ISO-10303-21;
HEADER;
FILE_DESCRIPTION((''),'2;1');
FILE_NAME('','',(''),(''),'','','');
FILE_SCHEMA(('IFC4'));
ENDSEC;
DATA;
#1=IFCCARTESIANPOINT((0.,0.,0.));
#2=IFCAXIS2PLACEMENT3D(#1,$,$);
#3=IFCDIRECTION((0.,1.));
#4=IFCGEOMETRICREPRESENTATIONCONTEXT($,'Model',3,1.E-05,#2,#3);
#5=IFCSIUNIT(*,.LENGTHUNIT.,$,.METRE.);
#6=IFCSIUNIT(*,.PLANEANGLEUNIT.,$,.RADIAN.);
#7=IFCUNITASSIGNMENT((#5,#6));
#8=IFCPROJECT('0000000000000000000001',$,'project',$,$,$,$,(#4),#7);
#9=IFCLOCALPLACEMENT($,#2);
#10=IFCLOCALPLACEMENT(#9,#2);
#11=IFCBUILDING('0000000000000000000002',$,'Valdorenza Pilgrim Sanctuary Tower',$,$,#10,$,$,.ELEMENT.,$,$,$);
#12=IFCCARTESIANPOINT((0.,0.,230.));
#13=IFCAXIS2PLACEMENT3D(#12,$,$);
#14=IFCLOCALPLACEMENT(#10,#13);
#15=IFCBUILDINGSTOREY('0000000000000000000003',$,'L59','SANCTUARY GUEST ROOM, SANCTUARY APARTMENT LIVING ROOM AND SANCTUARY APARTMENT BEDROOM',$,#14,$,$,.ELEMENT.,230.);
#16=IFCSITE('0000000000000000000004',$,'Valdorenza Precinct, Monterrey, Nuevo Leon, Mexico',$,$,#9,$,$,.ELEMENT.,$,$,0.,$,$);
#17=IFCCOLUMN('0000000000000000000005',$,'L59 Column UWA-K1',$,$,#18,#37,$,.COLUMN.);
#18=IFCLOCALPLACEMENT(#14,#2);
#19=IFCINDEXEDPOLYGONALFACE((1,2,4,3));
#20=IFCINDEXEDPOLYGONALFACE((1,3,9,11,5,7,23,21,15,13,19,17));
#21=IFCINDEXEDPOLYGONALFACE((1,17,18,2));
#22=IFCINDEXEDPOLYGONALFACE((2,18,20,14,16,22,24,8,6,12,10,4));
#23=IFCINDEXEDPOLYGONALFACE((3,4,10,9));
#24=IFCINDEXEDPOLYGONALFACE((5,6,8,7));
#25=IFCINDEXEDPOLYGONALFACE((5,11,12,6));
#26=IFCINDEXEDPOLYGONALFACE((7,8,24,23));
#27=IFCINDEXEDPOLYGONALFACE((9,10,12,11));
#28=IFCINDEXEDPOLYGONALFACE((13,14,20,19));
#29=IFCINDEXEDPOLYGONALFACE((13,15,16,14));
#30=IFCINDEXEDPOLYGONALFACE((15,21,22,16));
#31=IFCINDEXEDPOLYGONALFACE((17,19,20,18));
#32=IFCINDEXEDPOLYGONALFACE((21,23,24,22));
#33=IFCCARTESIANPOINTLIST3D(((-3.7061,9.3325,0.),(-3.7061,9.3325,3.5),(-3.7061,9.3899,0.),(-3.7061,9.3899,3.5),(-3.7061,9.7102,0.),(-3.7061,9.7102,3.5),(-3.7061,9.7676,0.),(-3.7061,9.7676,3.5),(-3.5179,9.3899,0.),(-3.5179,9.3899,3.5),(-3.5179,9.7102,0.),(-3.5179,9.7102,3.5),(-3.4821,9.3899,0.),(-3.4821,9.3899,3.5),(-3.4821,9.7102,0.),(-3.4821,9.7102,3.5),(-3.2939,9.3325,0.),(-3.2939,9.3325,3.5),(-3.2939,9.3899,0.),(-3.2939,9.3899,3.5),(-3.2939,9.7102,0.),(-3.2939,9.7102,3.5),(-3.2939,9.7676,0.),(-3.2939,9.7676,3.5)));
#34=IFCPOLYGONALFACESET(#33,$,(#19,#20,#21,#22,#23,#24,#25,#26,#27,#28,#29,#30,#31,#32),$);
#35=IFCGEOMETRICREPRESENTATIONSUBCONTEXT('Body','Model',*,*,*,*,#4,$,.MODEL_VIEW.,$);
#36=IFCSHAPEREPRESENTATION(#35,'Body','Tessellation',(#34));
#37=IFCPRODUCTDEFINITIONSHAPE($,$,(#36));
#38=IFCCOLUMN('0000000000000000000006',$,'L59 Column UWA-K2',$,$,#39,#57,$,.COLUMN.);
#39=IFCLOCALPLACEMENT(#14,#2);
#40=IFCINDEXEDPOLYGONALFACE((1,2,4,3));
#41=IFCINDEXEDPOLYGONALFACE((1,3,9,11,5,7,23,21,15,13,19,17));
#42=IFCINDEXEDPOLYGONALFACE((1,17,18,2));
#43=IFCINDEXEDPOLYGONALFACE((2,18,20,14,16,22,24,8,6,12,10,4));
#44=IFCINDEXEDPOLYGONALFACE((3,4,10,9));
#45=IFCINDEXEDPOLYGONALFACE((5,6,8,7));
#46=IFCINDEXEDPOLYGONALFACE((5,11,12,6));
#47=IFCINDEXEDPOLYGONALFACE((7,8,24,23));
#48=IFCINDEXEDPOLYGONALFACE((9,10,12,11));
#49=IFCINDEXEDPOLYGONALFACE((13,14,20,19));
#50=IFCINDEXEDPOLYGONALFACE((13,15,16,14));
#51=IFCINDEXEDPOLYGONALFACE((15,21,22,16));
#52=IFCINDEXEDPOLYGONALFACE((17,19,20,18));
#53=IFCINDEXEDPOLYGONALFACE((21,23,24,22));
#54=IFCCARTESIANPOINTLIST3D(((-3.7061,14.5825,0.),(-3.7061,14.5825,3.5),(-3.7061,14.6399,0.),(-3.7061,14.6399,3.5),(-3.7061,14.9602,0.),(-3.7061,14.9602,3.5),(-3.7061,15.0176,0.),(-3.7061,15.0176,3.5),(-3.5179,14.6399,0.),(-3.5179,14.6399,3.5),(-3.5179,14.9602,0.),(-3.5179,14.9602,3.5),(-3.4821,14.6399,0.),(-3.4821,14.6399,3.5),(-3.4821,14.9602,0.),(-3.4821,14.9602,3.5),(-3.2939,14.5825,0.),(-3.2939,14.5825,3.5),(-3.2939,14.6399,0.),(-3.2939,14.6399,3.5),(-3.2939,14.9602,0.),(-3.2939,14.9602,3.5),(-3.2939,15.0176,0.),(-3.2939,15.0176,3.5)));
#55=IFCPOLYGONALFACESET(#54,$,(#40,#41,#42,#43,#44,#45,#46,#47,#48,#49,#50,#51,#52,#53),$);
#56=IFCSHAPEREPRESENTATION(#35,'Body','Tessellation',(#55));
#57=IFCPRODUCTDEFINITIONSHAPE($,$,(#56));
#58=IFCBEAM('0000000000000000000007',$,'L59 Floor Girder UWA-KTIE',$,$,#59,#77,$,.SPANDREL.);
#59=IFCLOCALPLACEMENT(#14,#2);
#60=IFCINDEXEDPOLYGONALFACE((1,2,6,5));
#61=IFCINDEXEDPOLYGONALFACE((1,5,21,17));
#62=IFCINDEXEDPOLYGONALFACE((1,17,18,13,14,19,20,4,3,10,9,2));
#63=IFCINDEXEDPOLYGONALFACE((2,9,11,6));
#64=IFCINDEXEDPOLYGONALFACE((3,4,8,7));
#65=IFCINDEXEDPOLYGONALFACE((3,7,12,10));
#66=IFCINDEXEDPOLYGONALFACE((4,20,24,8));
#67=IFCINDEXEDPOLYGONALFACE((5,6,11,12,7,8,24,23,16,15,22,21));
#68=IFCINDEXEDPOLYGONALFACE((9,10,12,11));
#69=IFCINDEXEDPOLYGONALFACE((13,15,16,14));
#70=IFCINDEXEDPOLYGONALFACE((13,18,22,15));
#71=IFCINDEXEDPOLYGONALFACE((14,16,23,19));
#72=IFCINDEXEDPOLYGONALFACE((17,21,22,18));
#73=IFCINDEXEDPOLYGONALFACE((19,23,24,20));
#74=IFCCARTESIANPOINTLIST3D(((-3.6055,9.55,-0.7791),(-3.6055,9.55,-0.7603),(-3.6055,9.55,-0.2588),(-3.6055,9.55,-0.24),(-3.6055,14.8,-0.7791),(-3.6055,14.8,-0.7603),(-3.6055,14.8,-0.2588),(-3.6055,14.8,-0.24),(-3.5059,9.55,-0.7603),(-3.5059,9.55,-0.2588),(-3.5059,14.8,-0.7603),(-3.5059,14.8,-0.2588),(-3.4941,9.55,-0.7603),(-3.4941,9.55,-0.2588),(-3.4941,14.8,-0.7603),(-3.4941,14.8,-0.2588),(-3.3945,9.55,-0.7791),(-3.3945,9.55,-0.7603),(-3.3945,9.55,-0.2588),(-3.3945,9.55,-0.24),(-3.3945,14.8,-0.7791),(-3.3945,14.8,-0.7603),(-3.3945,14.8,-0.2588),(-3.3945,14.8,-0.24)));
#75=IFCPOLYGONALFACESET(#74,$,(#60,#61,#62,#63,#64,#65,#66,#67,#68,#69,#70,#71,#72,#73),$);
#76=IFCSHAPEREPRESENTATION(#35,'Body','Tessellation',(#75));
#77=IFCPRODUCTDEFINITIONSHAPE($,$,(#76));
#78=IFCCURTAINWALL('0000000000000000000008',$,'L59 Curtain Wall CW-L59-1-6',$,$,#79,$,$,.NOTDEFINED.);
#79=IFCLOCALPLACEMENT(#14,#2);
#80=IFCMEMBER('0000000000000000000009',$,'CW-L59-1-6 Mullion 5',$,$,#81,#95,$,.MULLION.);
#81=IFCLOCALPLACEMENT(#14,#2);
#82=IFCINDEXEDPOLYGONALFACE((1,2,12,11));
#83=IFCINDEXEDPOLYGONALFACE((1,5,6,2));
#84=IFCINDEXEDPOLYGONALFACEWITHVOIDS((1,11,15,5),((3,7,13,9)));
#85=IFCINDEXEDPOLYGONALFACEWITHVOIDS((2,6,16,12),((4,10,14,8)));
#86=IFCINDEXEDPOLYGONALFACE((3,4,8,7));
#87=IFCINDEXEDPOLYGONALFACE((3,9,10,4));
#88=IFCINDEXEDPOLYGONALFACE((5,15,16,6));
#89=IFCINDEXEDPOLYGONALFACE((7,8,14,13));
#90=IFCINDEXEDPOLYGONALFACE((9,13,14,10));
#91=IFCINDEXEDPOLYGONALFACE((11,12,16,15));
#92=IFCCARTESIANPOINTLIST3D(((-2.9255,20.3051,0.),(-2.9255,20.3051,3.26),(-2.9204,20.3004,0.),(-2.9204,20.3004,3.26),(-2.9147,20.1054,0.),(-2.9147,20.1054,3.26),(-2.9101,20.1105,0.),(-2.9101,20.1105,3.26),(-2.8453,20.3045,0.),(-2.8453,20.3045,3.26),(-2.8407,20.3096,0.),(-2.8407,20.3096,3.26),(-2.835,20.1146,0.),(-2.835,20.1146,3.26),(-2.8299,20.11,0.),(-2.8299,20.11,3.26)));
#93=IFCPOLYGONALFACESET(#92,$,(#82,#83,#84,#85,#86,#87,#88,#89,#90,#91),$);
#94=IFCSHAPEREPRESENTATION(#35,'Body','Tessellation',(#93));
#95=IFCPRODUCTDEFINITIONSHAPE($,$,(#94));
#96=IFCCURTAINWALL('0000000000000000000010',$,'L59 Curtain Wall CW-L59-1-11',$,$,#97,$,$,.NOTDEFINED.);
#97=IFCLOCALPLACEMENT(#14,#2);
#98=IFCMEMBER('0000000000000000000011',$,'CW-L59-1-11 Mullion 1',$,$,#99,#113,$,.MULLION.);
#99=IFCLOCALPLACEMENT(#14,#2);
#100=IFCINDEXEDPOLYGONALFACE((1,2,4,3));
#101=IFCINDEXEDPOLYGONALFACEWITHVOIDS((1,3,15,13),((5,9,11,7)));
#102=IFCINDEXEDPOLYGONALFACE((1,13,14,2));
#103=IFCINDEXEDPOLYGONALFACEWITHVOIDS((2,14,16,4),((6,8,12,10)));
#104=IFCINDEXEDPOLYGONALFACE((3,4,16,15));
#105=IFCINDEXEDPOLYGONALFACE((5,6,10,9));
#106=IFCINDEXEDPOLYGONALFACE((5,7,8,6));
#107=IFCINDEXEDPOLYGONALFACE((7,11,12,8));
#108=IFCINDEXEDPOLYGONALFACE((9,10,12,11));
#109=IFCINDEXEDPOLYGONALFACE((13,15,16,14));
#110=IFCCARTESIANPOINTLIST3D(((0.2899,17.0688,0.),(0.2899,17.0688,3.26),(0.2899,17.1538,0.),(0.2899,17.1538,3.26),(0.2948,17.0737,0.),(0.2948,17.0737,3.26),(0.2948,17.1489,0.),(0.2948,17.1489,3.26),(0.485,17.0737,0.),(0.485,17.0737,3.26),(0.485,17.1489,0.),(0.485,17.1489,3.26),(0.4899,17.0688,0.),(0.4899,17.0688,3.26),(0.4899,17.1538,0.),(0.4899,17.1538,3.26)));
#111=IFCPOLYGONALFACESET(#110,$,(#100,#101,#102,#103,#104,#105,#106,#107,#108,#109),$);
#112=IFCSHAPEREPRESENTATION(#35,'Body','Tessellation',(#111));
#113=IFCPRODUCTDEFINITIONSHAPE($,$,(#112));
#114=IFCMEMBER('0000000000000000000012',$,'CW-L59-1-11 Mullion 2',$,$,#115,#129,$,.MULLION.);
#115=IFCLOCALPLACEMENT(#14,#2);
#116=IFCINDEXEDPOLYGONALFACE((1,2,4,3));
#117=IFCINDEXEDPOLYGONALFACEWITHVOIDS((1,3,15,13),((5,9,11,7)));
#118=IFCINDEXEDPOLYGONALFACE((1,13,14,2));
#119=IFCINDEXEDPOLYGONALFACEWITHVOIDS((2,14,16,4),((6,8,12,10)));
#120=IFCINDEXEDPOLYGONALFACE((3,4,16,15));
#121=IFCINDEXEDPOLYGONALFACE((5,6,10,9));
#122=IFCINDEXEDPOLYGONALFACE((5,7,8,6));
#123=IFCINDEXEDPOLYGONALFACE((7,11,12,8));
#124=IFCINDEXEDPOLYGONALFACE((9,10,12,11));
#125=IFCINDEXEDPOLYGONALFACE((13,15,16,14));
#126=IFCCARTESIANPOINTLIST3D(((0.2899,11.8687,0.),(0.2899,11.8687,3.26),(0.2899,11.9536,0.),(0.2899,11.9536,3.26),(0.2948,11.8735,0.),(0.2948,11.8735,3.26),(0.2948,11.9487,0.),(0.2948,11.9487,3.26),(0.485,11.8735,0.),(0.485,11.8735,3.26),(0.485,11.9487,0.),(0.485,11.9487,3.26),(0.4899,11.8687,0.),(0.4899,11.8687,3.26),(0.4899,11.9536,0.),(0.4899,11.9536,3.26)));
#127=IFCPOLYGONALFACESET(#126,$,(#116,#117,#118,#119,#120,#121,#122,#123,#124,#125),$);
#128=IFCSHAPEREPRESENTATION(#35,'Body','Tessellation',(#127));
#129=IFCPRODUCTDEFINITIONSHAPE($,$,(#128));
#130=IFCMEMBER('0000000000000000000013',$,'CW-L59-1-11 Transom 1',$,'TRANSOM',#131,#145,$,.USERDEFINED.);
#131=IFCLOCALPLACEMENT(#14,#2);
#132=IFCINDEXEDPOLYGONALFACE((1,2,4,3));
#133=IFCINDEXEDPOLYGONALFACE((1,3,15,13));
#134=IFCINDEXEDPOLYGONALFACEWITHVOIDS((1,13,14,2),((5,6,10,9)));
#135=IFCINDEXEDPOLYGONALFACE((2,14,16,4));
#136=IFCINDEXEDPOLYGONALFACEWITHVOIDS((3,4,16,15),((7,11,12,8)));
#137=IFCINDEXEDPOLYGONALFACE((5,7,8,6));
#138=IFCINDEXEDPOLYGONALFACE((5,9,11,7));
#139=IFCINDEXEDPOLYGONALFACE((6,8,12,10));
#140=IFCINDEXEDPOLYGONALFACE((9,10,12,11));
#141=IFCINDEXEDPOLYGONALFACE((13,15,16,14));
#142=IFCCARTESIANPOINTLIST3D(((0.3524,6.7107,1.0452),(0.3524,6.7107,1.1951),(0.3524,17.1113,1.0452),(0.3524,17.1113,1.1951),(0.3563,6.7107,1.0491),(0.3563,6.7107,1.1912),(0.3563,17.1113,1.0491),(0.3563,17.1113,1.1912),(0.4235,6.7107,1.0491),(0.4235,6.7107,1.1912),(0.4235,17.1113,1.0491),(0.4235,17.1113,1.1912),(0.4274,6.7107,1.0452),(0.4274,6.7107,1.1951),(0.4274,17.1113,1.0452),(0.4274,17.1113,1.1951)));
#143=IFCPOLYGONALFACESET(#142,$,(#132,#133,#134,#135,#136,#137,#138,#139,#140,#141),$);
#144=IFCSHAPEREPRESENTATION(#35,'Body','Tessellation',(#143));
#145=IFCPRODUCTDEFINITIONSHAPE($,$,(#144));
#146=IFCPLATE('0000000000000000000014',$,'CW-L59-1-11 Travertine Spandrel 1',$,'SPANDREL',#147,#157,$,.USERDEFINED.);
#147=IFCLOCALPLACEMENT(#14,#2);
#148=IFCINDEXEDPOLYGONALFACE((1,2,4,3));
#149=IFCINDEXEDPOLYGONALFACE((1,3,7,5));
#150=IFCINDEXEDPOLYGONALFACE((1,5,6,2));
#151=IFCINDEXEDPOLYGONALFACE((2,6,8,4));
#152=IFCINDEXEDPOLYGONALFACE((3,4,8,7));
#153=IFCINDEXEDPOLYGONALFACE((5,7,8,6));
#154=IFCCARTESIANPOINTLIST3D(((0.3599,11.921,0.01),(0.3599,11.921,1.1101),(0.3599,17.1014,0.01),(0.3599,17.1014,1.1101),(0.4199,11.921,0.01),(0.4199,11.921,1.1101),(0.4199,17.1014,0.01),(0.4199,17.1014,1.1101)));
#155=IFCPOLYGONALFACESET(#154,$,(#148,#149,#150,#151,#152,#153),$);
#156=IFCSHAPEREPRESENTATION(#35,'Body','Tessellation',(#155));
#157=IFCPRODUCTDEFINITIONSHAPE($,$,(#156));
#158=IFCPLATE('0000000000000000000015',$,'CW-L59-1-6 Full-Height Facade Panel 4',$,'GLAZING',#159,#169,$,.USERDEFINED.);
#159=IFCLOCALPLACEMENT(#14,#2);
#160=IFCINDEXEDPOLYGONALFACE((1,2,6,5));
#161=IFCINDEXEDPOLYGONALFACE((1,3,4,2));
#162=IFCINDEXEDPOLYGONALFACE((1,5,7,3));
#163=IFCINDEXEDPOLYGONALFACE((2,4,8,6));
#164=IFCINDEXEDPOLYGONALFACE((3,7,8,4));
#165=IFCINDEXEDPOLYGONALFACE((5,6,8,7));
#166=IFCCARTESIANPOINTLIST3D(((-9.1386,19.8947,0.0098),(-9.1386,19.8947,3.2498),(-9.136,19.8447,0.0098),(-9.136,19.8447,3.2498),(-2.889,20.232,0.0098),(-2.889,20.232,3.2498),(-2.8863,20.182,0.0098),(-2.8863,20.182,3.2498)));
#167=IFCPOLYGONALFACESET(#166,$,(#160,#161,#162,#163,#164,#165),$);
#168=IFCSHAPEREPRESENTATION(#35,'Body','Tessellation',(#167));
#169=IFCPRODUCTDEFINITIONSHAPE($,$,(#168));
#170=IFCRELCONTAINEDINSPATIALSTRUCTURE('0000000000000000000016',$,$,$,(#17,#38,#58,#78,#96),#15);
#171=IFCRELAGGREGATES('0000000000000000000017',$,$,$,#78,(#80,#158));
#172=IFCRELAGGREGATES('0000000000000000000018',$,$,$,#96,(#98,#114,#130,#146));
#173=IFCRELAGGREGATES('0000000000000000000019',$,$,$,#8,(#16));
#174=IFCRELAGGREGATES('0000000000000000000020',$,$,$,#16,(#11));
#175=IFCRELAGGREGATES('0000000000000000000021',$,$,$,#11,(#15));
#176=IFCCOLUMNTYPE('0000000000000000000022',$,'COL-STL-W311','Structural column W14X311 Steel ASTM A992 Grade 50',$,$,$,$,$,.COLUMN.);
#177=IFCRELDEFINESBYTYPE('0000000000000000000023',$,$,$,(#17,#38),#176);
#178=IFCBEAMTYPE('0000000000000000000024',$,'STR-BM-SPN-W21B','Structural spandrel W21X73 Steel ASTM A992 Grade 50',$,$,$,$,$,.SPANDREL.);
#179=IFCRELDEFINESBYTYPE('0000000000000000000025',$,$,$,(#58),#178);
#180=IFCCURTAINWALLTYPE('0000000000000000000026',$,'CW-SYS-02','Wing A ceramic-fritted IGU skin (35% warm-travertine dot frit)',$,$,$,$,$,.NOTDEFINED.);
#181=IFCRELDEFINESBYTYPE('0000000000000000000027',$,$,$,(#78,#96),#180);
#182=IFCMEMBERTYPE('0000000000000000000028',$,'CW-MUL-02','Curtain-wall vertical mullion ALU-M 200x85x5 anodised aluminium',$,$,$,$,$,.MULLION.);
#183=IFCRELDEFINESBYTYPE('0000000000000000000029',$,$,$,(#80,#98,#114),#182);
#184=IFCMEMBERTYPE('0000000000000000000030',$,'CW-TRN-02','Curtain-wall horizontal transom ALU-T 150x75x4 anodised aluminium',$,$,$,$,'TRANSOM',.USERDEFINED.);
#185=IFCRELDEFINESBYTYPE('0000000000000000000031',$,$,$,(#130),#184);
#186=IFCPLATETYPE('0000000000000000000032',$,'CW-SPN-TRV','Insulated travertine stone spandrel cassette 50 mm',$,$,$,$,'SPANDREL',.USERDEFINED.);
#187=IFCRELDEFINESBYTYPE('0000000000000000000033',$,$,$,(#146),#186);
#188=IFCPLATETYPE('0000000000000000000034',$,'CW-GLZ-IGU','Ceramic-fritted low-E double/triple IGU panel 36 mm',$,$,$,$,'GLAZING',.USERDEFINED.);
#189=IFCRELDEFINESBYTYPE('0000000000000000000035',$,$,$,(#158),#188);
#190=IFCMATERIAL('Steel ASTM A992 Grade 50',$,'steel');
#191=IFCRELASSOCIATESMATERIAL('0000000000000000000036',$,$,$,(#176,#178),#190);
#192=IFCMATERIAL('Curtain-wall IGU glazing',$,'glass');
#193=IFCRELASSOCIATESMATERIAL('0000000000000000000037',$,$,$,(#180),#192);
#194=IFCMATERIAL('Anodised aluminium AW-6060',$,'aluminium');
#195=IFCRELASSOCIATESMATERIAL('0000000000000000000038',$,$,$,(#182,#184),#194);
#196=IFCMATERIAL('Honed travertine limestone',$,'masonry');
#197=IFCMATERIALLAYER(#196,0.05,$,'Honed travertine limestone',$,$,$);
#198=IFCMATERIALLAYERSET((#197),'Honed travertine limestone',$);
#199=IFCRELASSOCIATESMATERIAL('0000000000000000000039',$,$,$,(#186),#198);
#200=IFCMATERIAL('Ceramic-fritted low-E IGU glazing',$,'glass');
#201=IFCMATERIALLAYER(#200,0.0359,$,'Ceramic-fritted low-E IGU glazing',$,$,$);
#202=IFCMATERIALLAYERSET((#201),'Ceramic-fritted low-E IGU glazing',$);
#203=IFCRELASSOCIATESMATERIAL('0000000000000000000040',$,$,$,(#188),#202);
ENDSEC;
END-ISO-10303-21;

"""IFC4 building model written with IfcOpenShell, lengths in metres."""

from ifc_helpers import new_model, si_unit, direction, frame, origin, origin_2d, place, context, subcontext, project, spatial, rectangle, hollow_rectangle, i_section, extrude, source, transform, mapped, material, layer, layer_set, material_profile, profile_set, type_object, element, aggregate, save


model = new_model("IFC4")

# Units and contexts
model_context = context("Model", 3, precision=1e-05, world=origin(), true_north=direction((0.0, 1.0)))
body_context = subcontext(model_context, "Body", "Model", "MODEL_VIEW")
ifc_project = project(units=[si_unit("LENGTHUNIT", "METRE"), si_unit("PLANEANGLEUNIT", "RADIAN")], contexts=[model_context])

# Site, building, storey
site_placement = place(None, origin())
site = spatial("IfcSite", under=ifc_project, at=site_placement, Name="Valdorenza Precinct, Monterrey, Nuevo Leon, Mexico", CompositionType="ELEMENT", RefElevation=0.0)
building_placement = place(site_placement, origin())
building = spatial("IfcBuilding", under=site, at=building_placement, Name="Valdorenza Pilgrim Sanctuary Tower", CompositionType="ELEMENT")
storey_placement = place(building_placement, frame((0.0, 0.0, 230.0)))
storey = spatial("IfcBuildingStorey", under=building, at=storey_placement, Name="L59", Description="SANCTUARY GUEST ROOM, SANCTUARY APARTMENT LIVING ROOM AND SANCTUARY APARTMENT BEDROOM", CompositionType="ELEMENT", Elevation=230.0)

# Columns
ifc_material_1 = material(Name="Steel ASTM A992 Grade 50", Category="steel")
ifc_material_profile_1 = material_profile(ifc_material_1, i_section(OverallWidth=0.4121, OverallDepth=0.4351, WebThickness=0.0359, FlangeThickness=0.0574, at=origin_2d()), Name="W14X311")
ifc_profile_set_1 = profile_set([ifc_material_profile_1], Name="Steel ASTM A992 Grade 50")
column_type = type_object("IfcColumnType", Name="COL-STL-W311", Description="Structural column W14X311 Steel ASTM A992 Grade 50", PredefinedType="COLUMN", material=ifc_profile_set_1)
shared_shape_1 = source(origin(), body_context, "Body", "SweptSolid", [
    extrude(i_section(OverallWidth=0.4121, OverallDepth=0.4351, WebThickness=0.0359, FlangeThickness=0.0574, at=origin_2d()), origin(), (0.0, 0.0, 1.0), 3.5),
])
for number, where, z_axis, x_axis, name in (
    (1, (-3.5, 9.55, 0.0), (0.0, 0.0, 1.0), (1.0, 0.0, 0.0), "L59 Column UWA-K1"),
    (2, (-3.5, 14.8, 0.0), (0.0, 0.0, 1.0), (1.0, 0.0, 0.0), "L59 Column UWA-K2"),
):
    element("IfcColumn", number, at=place(storey_placement, frame(where, z_axis=z_axis, x_axis=x_axis)), inside=storey, type_object=column_type, Name=name, PredefinedType="COLUMN", context=body_context, shape_type="MappedRepresentation", body=[
        mapped(shared_shape_1, transform((0.0, 0.0, 0.0), x_axis=(1.0, 0.0, 0.0), y_axis=(0.0, 1.0, 0.0), z_axis=(0.0, 0.0, 1.0), scale=1.0)),
    ])

# Beam
ifc_material_profile_2 = material_profile(ifc_material_1, i_section(OverallWidth=0.2109, OverallDepth=0.5391, WebThickness=0.0117, FlangeThickness=0.0188, at=origin_2d()), Name="W21X73")
ifc_profile_set_2 = profile_set([ifc_material_profile_2], Name="Steel ASTM A992 Grade 50")
beam_type = type_object("IfcBeamType", Name="STR-BM-SPN-W21B", Description="Structural spandrel W21X73 Steel ASTM A992 Grade 50", PredefinedType="SPANDREL", material=ifc_profile_set_2)
shared_shape_2 = source(origin(), body_context, "Body", "SweptSolid", [
    extrude(i_section(OverallWidth=0.2109, OverallDepth=0.5391, WebThickness=0.0117, FlangeThickness=0.0188, at=origin_2d()), origin(), (0.0, 0.0, 1.0), 5.25),
])
beam_placement = place(storey_placement, frame((-3.5, 9.55, -0.5095), z_axis=(0.0, 1.0, 0.0), x_axis=(-1.0, 0.0, 0.0)))
element("IfcBeam", 3, at=beam_placement, inside=storey, type_object=beam_type, Name="L59 Floor Girder UWA-KTIE", PredefinedType="SPANDREL", context=body_context, shape_type="MappedRepresentation", body=[
    mapped(shared_shape_2, transform((0.0, 0.0, 0.0), x_axis=(1.0, 0.0, 0.0), y_axis=(0.0, 1.0, 0.0), z_axis=(0.0, 0.0, 1.0), scale=1.0)),
])

# Curtain wall, member
ifc_material_2 = material(Name="Curtain-wall IGU glazing", Category="glass")
curtain_wall_type = type_object("IfcCurtainWallType", Name="CW-SYS-02", Description="Wing A ceramic-fritted IGU skin (35% warm-travertine dot frit)", PredefinedType="NOTDEFINED", material=ifc_material_2)
curtain_wall_1_placement = place(storey_placement, origin())
curtain_wall_1 = element("IfcCurtainWall", 4, at=curtain_wall_1_placement, inside=storey, type_object=curtain_wall_type, Name="L59 Curtain Wall CW-L59-1-6", PredefinedType="NOTDEFINED")
ifc_material_3 = material(Name="Anodised aluminium AW-6060", Category="aluminium")
ifc_material_profile_3 = material_profile(ifc_material_3, hollow_rectangle(XDim=0.085, YDim=0.2, WallThickness=0.0049, at=origin_2d()), Name="ALU-M 200x85x5")
ifc_profile_set_3 = profile_set([ifc_material_profile_3], Name="Anodised aluminium AW-6060")
member_type_1 = type_object("IfcMemberType", Name="CW-MUL-02", Description="Curtain-wall vertical mullion ALU-M 200x85x5 anodised aluminium", PredefinedType="MULLION", material=ifc_profile_set_3)
shared_shape_3 = source(origin(), body_context, "Body", "SweptSolid", [
    extrude(hollow_rectangle(XDim=0.085, YDim=0.2, WallThickness=0.0049, at=origin_2d()), origin(), (0.0, 0.0, 1.0), 3.26),
])
member_1_placement = place(storey_placement, frame((-2.8777, 20.2075, 0.0), z_axis=(0.0, 0.0, 1.0), x_axis=(0.998547, 0.053887, 0.0)))
member_1 = element("IfcMember", 5, at=member_1_placement, type_object=member_type_1, Name="CW-L59-1-6 Mullion 5", PredefinedType="MULLION", context=body_context, shape_type="MappedRepresentation", body=[
    mapped(shared_shape_3, transform((0.0, 0.0, 0.0), x_axis=(1.0, 0.0, 0.0), y_axis=(0.0, 1.0, 0.0), z_axis=(0.0, 0.0, 1.0), scale=1.0)),
])

# Curtain wall, members, plate
curtain_wall_2_placement = place(storey_placement, origin())
curtain_wall_2 = element("IfcCurtainWall", 6, at=curtain_wall_2_placement, inside=storey, type_object=curtain_wall_type, Name="L59 Curtain Wall CW-L59-1-11", PredefinedType="NOTDEFINED")
member_2_placement = place(storey_placement, frame((0.3899, 17.1113, 0.0), z_axis=(0.0, 0.0, 1.0), x_axis=(0.0, -1.0, 0.0)))
member_2 = element("IfcMember", 7, at=member_2_placement, type_object=member_type_1, Name="CW-L59-1-11 Mullion 1", PredefinedType="MULLION", context=body_context, shape_type="MappedRepresentation", body=[
    mapped(shared_shape_3, transform((0.0, 0.0, 0.0), x_axis=(1.0, 0.0, 0.0), y_axis=(0.0, 1.0, 0.0), z_axis=(0.0, 0.0, 1.0), scale=1.0)),
])
member_3_placement = place(storey_placement, frame((0.3899, 11.9111, 0.0), z_axis=(0.0, 0.0, 1.0), x_axis=(0.0, -1.0, 0.0)))
member_3 = element("IfcMember", 8, at=member_3_placement, type_object=member_type_1, Name="CW-L59-1-11 Mullion 2", PredefinedType="MULLION", context=body_context, shape_type="MappedRepresentation", body=[
    mapped(shared_shape_3, transform((0.0, 0.0, 0.0), x_axis=(1.0, 0.0, 0.0), y_axis=(0.0, 1.0, 0.0), z_axis=(0.0, 0.0, 1.0), scale=1.0)),
])
ifc_material_profile_4 = material_profile(ifc_material_3, hollow_rectangle(XDim=0.075, YDim=0.1499, WallThickness=0.0039, at=origin_2d()), Name="ALU-T 150x75x4")
ifc_profile_set_4 = profile_set([ifc_material_profile_4], Name="Anodised aluminium AW-6060")
member_type_2 = type_object("IfcMemberType", Name="CW-TRN-02", Description="Curtain-wall horizontal transom ALU-T 150x75x4 anodised aluminium", ElementType="TRANSOM", PredefinedType="USERDEFINED", material=ifc_profile_set_4)
shared_shape_4 = source(origin(), body_context, "Body", "SweptSolid", [
    extrude(hollow_rectangle(XDim=0.075, YDim=0.1499, WallThickness=0.0039, at=origin_2d()), origin(), (0.0, 0.0, 1.0), 10.4006),
])
member_4_placement = place(storey_placement, frame((0.3899, 17.1113, 1.1201), z_axis=(0.0, -1.0, 0.0), x_axis=(1.0, 0.0, 0.0)))
member_4 = element("IfcMember", 9, at=member_4_placement, type_object=member_type_2, Name="CW-L59-1-11 Transom 1", ObjectType="TRANSOM", PredefinedType="USERDEFINED", context=body_context, shape_type="MappedRepresentation", body=[
    mapped(shared_shape_4, transform((0.0, 0.0, 0.0), x_axis=(1.0, 0.0, 0.0), y_axis=(0.0, 1.0, 0.0), z_axis=(0.0, 0.0, 1.0), scale=1.0)),
])
ifc_material_4 = material(Name="Honed travertine limestone", Category="masonry")
ifc_layer_1 = layer(ifc_material_4, 0.05, Name="Honed travertine limestone")
ifc_layer_set_1 = layer_set([ifc_layer_1], Name="Honed travertine limestone")
plate_type_1 = type_object("IfcPlateType", Name="CW-SPN-TRV", Description="Insulated travertine stone spandrel cassette 50 mm", ElementType="SPANDREL", PredefinedType="USERDEFINED", material=ifc_layer_set_1)
shared_shape_5 = source(origin(), body_context, "Body", "SweptSolid", [
    extrude(rectangle(XDim=5.1804, YDim=0.0601, at=origin_2d()), origin(), (0.0, 0.0, 1.0), 1.1001),
])
plate_1_placement = place(storey_placement, frame((0.3899, 14.5112, 0.01), z_axis=(0.0, 0.0, 1.0), x_axis=(0.0, -1.0, 0.0)))
plate_1 = element("IfcPlate", 10, at=plate_1_placement, type_object=plate_type_1, Name="CW-L59-1-11 Travertine Spandrel 1", ObjectType="SPANDREL", PredefinedType="USERDEFINED", context=body_context, shape_type="MappedRepresentation", body=[
    mapped(shared_shape_5, transform((0.0, 0.0, 0.0), x_axis=(1.0, 0.0, 0.0), y_axis=(0.0, 1.0, 0.0), z_axis=(0.0, 0.0, 1.0), scale=1.0)),
])

# Plate
ifc_material_5 = material(Name="Ceramic-fritted low-E IGU glazing", Category="glass")
ifc_layer_2 = layer(ifc_material_5, 0.0359, Name="Ceramic-fritted low-E IGU glazing")
ifc_layer_set_2 = layer_set([ifc_layer_2], Name="Ceramic-fritted low-E IGU glazing")
plate_type_2 = type_object("IfcPlateType", Name="CW-GLZ-IGU", Description="Ceramic-fritted low-E double/triple IGU panel 36 mm", ElementType="GLAZING", PredefinedType="USERDEFINED", material=ifc_layer_set_2)
shared_shape_6 = source(origin(), body_context, "Body", "SweptSolid", [
    extrude(rectangle(XDim=6.2588, YDim=0.05, at=origin_2d()), origin(), (0.0, 0.0, 1.0), 3.24),
])
plate_2_placement = place(storey_placement, frame((-6.0125, 20.0383, 0.0098), z_axis=(0.0, 0.0, 1.0), x_axis=(0.998547, 0.053887, 0.0)))
plate_2 = element("IfcPlate", 11, at=plate_2_placement, type_object=plate_type_2, Name="CW-L59-1-6 Full-Height Facade Panel 4", ObjectType="GLAZING", PredefinedType="USERDEFINED", context=body_context, shape_type="MappedRepresentation", body=[
    mapped(shared_shape_6, transform((0.0, 0.0, 0.0), x_axis=(1.0, 0.0, 0.0), y_axis=(0.0, 1.0, 0.0), z_axis=(0.0, 0.0, 1.0), scale=1.0)),
])
aggregate(curtain_wall_1, [member_1, plate_2])
aggregate(curtain_wall_2, [member_2, member_3, member_4, plate_1])

save(model, "model.ifc")
